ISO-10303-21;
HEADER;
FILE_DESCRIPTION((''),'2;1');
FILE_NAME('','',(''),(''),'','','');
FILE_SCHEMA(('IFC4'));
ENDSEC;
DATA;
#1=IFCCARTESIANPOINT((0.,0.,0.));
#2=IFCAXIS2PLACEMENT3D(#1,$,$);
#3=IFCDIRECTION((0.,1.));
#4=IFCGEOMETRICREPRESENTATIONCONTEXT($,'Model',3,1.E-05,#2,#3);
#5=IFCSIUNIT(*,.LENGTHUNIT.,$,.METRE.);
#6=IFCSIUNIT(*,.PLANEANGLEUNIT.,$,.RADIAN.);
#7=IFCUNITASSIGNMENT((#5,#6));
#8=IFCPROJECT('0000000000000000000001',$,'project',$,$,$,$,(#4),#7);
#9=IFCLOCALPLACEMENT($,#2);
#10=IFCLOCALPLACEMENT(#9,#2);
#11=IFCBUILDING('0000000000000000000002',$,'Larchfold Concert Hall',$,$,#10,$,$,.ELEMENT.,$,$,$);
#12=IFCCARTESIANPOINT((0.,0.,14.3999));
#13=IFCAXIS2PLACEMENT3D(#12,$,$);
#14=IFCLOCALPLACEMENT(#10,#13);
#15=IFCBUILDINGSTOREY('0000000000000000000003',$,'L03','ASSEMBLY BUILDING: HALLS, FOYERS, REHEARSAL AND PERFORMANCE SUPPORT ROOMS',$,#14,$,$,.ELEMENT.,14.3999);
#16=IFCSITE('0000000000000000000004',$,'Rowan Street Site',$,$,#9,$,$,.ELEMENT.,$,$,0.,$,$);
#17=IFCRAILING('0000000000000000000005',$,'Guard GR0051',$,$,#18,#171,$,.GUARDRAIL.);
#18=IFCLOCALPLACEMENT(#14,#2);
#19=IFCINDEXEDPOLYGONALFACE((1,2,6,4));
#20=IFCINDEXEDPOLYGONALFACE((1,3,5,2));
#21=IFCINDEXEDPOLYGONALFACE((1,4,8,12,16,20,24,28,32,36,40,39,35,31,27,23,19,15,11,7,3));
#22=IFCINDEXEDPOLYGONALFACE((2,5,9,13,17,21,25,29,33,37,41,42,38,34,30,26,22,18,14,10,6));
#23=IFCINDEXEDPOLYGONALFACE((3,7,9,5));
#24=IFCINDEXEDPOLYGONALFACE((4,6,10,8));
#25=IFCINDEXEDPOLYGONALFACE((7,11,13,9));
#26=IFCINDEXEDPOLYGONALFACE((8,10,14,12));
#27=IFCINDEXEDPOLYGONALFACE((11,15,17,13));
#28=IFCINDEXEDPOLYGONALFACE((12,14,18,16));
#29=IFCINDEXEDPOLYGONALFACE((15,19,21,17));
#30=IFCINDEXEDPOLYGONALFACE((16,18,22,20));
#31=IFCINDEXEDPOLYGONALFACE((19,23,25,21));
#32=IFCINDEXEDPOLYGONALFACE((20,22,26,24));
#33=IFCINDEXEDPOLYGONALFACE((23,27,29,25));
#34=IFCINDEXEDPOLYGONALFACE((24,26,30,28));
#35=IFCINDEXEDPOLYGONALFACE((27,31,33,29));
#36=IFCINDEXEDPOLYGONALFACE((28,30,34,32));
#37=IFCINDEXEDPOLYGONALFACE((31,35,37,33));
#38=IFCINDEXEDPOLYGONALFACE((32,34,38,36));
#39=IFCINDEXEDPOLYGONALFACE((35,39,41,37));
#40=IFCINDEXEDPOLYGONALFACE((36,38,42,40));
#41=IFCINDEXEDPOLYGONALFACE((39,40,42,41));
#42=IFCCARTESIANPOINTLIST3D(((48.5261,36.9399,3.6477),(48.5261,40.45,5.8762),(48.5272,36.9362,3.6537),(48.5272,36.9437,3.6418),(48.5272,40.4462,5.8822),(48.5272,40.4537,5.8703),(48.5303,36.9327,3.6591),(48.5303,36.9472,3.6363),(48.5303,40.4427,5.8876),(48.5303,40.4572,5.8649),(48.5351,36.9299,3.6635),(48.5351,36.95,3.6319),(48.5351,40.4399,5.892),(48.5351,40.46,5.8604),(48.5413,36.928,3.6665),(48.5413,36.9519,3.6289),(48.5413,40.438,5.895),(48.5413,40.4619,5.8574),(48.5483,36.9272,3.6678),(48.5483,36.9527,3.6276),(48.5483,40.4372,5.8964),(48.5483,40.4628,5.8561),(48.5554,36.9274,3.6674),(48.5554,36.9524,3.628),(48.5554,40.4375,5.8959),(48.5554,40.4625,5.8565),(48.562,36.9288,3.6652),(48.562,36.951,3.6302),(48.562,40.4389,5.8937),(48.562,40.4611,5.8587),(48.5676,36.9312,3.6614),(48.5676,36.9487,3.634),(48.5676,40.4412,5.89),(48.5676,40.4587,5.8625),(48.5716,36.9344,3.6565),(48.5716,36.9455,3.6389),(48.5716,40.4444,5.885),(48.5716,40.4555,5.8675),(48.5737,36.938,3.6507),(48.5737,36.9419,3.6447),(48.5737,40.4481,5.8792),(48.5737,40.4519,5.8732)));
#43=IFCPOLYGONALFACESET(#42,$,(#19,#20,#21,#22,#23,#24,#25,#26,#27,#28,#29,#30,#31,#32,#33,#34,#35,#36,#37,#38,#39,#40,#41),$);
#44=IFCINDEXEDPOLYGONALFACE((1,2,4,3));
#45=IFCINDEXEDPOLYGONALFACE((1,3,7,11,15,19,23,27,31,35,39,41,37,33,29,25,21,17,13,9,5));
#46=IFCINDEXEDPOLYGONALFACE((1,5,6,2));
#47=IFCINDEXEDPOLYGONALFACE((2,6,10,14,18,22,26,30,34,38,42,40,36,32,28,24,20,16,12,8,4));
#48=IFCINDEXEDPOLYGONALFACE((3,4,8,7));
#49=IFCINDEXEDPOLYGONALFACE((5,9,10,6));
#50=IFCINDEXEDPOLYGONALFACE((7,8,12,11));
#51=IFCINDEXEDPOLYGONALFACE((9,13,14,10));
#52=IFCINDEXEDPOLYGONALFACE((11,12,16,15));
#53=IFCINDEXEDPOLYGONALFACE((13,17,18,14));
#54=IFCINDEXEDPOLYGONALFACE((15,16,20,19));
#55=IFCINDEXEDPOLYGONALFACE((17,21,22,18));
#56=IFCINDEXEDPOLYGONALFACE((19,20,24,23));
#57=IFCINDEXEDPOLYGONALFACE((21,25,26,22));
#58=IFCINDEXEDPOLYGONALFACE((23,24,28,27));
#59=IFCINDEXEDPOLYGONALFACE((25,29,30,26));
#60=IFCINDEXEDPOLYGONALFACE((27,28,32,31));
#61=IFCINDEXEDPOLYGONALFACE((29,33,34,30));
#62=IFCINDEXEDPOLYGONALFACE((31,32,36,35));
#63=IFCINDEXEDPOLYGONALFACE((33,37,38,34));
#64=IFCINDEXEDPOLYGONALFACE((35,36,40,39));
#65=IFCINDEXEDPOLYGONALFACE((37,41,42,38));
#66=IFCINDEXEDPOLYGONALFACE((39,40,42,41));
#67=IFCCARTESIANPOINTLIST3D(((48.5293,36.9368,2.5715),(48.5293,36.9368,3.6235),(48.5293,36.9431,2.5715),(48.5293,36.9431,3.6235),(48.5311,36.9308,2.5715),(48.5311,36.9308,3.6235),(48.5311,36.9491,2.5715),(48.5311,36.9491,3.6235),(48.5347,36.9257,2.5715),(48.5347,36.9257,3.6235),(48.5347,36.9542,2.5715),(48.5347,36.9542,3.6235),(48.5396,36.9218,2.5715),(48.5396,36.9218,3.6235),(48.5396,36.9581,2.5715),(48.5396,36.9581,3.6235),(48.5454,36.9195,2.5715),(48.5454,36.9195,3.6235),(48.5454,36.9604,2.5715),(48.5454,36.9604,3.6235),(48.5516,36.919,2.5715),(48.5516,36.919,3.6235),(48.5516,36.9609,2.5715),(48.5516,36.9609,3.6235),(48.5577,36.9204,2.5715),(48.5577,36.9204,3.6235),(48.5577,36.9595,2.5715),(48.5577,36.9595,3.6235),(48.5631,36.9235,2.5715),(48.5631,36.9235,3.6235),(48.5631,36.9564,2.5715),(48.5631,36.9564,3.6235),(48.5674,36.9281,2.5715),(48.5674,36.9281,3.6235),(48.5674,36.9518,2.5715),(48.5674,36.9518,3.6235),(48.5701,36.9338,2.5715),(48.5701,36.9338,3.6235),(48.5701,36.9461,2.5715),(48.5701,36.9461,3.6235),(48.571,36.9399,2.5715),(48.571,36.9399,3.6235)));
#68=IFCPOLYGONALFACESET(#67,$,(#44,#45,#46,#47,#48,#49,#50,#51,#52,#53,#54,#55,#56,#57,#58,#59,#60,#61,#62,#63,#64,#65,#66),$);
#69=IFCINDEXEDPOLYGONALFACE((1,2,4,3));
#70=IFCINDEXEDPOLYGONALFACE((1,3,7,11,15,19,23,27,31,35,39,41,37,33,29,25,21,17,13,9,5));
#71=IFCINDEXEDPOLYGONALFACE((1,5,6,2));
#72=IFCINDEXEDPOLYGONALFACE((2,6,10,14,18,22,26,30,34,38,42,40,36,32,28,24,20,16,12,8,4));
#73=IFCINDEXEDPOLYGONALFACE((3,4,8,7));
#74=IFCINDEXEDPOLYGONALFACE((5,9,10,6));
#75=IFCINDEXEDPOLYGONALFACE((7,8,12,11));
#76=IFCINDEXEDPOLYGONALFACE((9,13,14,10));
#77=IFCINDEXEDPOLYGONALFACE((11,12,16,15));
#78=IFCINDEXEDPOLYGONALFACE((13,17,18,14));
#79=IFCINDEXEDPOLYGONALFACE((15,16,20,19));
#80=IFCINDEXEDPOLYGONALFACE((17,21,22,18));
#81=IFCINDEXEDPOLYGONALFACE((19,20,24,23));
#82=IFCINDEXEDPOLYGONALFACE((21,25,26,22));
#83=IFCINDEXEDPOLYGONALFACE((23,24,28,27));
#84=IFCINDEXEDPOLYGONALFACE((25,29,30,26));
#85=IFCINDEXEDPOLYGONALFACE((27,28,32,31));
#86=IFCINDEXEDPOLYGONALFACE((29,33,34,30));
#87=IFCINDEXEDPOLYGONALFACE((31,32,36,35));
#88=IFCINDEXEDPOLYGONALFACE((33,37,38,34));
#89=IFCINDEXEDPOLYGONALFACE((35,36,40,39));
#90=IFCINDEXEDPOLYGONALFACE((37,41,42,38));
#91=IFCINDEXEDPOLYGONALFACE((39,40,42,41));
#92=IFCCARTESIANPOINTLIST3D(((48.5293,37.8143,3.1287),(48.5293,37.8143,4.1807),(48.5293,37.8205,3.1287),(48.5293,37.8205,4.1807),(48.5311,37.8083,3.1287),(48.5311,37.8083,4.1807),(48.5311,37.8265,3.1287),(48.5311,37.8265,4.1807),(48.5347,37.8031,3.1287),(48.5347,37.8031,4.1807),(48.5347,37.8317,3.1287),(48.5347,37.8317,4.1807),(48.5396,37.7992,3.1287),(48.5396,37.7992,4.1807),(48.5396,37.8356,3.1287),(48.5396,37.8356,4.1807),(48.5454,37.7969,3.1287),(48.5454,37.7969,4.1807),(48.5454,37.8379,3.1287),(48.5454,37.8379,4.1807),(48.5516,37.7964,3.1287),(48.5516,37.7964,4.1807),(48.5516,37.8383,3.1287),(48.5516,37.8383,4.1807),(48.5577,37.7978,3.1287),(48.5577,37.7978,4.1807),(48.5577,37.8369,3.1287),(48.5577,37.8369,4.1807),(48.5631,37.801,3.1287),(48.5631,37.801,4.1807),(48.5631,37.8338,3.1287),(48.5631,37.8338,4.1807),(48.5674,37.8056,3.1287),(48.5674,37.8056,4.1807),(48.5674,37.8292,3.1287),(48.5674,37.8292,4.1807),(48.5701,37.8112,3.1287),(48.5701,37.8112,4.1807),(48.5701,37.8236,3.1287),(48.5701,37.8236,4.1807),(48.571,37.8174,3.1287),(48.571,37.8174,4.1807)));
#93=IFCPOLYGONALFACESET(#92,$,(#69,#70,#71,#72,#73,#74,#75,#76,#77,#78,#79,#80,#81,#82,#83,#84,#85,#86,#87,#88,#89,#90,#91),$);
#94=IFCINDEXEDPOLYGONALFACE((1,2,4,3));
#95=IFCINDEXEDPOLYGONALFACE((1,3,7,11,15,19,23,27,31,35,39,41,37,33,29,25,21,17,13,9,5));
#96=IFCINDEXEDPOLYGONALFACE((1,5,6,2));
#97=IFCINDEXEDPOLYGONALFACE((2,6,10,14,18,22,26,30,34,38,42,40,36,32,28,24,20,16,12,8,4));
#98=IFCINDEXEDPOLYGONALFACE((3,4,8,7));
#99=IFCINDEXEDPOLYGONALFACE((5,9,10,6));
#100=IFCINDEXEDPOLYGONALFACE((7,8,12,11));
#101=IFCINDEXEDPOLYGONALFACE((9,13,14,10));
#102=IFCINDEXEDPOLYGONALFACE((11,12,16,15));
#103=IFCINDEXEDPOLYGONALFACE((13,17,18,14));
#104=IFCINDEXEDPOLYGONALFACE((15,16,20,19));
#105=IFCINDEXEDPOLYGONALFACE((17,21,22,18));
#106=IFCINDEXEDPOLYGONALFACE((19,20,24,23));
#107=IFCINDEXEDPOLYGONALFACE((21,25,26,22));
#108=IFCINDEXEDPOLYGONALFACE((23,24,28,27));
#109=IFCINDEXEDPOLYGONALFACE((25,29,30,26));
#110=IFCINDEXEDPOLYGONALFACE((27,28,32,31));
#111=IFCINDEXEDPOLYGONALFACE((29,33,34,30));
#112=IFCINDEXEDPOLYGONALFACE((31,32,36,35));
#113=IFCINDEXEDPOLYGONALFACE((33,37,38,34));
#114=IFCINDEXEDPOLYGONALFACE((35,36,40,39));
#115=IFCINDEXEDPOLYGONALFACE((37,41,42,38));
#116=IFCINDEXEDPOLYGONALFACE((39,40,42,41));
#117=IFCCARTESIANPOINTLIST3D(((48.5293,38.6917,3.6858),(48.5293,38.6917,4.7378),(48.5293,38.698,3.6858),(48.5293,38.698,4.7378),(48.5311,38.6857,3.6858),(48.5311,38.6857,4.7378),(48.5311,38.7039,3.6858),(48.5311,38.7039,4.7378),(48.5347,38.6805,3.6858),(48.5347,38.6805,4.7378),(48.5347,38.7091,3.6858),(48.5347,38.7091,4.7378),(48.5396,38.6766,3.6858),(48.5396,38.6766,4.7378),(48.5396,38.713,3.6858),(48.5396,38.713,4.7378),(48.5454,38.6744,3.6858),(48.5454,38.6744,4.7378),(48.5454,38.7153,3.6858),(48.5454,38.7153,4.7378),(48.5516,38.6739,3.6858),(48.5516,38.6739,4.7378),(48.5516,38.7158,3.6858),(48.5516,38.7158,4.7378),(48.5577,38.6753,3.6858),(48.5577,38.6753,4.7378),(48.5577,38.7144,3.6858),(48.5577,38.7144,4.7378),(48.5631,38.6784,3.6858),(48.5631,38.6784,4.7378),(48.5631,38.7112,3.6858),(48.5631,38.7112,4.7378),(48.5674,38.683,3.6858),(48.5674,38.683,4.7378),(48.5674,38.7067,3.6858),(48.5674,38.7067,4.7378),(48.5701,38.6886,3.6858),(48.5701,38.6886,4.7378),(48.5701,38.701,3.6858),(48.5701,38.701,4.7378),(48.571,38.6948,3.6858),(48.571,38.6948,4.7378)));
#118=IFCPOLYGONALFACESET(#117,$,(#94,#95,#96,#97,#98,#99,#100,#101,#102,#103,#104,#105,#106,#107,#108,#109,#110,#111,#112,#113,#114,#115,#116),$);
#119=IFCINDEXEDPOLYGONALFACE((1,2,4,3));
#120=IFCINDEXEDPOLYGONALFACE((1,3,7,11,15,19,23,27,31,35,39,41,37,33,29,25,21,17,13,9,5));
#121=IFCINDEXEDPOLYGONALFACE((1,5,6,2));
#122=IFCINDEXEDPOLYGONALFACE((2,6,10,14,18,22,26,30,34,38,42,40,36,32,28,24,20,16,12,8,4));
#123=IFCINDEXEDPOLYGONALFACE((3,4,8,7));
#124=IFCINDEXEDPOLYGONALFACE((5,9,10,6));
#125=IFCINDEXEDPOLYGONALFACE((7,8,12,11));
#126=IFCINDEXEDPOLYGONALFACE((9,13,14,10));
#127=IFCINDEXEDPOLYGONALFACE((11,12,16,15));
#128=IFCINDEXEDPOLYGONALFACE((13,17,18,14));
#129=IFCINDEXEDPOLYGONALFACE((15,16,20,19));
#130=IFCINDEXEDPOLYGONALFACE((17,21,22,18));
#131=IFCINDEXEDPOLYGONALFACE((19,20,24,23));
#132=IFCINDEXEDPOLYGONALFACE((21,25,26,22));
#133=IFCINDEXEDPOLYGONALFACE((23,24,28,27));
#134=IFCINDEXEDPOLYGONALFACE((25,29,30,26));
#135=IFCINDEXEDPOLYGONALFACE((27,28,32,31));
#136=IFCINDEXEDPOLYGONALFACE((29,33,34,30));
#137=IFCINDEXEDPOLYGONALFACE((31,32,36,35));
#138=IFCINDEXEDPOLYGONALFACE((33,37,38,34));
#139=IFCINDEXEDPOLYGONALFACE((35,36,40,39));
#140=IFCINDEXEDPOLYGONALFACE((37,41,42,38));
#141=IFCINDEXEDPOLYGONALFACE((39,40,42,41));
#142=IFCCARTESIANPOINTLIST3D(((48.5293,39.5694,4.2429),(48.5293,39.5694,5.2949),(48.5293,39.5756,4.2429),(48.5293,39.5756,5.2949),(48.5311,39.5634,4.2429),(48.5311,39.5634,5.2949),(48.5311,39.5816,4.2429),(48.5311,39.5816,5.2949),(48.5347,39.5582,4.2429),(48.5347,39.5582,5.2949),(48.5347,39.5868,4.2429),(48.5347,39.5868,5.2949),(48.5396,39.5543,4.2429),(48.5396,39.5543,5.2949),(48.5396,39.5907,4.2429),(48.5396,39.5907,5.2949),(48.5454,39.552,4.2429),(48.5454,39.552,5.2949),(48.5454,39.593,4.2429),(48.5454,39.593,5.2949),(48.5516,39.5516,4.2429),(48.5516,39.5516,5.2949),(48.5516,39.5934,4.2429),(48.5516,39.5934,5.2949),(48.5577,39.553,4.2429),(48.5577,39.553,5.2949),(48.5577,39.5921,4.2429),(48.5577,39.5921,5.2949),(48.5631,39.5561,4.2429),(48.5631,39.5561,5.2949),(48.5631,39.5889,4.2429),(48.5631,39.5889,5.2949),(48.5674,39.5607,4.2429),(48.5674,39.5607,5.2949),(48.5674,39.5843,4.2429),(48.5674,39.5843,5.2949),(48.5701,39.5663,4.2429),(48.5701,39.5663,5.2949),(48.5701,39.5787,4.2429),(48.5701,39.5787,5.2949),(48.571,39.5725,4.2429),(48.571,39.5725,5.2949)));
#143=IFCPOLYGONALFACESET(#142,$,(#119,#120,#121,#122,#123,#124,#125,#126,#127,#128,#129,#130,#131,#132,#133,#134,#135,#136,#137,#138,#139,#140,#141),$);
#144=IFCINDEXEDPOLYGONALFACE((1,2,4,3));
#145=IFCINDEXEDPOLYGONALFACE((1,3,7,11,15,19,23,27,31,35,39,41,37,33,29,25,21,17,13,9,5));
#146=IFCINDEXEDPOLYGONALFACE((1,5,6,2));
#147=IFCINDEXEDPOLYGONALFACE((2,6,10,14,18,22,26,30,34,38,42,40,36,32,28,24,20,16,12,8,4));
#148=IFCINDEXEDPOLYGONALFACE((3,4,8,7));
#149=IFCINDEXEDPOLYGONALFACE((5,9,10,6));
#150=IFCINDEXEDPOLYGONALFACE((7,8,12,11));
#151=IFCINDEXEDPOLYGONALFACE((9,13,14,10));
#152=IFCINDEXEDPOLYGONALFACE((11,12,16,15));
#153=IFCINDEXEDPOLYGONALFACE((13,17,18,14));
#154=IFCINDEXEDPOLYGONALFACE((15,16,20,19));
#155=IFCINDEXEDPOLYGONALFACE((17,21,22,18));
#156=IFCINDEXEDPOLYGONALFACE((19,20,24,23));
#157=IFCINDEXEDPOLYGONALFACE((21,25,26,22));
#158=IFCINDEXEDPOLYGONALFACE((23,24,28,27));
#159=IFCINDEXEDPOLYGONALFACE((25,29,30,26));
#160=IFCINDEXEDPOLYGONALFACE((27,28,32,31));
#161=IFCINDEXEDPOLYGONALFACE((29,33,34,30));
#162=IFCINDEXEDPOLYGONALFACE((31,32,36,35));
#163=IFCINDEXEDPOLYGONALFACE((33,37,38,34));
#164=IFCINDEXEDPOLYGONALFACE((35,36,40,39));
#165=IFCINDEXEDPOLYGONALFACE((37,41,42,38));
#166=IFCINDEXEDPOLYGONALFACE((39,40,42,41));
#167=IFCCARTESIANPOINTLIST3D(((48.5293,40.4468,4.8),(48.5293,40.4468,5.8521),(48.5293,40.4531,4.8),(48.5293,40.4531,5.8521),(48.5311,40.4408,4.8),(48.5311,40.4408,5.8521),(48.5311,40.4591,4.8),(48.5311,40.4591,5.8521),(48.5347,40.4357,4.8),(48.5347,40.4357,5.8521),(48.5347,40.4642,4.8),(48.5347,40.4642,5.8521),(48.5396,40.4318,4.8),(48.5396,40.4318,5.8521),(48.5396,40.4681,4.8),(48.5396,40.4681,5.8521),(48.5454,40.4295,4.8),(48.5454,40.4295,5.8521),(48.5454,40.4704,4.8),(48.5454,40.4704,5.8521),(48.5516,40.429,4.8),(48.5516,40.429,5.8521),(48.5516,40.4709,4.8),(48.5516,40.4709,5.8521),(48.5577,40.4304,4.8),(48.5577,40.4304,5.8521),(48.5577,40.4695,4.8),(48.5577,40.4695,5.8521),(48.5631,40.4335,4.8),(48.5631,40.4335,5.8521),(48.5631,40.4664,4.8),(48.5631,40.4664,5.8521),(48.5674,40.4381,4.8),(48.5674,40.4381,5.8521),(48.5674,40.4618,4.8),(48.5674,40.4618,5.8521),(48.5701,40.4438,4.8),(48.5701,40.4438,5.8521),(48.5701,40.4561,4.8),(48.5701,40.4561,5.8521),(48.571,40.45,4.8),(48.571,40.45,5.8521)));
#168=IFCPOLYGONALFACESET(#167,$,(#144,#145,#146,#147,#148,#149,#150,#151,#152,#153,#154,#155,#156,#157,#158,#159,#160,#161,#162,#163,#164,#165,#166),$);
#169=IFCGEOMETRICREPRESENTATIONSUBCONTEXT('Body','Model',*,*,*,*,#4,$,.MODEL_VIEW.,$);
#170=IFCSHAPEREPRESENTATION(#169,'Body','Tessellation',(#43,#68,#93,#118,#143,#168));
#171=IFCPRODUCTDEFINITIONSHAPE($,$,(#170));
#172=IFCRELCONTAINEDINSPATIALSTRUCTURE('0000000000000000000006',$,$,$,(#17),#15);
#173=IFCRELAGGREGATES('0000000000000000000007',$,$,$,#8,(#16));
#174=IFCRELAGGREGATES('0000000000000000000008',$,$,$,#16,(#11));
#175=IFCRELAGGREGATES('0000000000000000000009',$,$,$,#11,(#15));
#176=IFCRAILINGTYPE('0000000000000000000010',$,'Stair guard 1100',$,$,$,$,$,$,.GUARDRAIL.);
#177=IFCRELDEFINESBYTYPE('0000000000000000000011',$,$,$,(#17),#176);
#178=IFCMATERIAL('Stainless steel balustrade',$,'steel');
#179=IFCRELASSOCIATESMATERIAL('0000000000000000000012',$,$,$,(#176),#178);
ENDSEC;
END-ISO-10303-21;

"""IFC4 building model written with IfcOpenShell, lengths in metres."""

from ifc_helpers import new_model, si_unit, direction, frame, origin, origin_2d, place, context, subcontext, project, spatial, circle, extrude, material, type_object, element, save


model = new_model("IFC4")

# Units and contexts
model_context = context("Model", 3, precision=1e-05, world=origin(), true_north=direction((0.0, 1.0)))
body_context = subcontext(model_context, "Body", "Model", "MODEL_VIEW")
ifc_project = project(units=[si_unit("LENGTHUNIT", "METRE"), si_unit("PLANEANGLEUNIT", "RADIAN")], contexts=[model_context])

# Site, building, storey
site_placement = place(None, origin())
site = spatial("IfcSite", under=ifc_project, at=site_placement, Name="Rowan Street Site", CompositionType="ELEMENT", RefElevation=0.0)
building_placement = place(site_placement, origin())
building = spatial("IfcBuilding", under=site, at=building_placement, Name="Larchfold Concert Hall", CompositionType="ELEMENT")
storey_placement = place(building_placement, frame((0.0, 0.0, 14.3999)))
storey = spatial("IfcBuildingStorey", under=building, at=storey_placement, Name="L03", Description="ASSEMBLY BUILDING: HALLS, FOYERS, REHEARSAL AND PERFORMANCE SUPPORT ROOMS", CompositionType="ELEMENT", Elevation=14.3999)

# Railing
ifc_material_1 = material(Name="Stainless steel balustrade", Category="steel")
railing_type_1 = type_object("IfcRailingType", Name="Stair guard 1100", PredefinedType="GUARDRAIL", material=ifc_material_1)
railing_1_placement = place(storey_placement, frame((48.55, 36.9399, 2.5715)))
element("IfcRailing", 1, at=railing_1_placement, inside=storey, type_object=railing_type_1, Name="Guard GR0051", PredefinedType="GUARDRAIL", context=body_context, shape_type="SweptSolid", body=[
    extrude(circle(Radius=0.0239, at=origin_2d()), frame((0.0, 0.0, 1.0762), z_axis=(0.0, 0.84422, 0.535998), x_axis=(-1.0, 0.0, 0.0)), (0.0, 0.0, 1.0), 4.1577),
    extrude(circle(Radius=0.021, at=origin_2d()), origin(), (0.0, 0.0, 1.0), 1.052),
    extrude(circle(Radius=0.021, at=origin_2d()), frame((0.0, 0.8774, 0.5571)), (0.0, 0.0, 1.0), 1.052),
    extrude(circle(Radius=0.021, at=origin_2d()), frame((0.0, 1.7549, 1.1143)), (0.0, 0.0, 1.0), 1.052),
    extrude(circle(Radius=0.021, at=origin_2d()), frame((0.0, 2.6326, 1.6714)), (0.0, 0.0, 1.0), 1.052),
    extrude(circle(Radius=0.021, at=origin_2d()), frame((0.0, 3.51, 2.2285)), (0.0, 0.0, 1.0), 1.052),
])

save(model, "model.ifc")
